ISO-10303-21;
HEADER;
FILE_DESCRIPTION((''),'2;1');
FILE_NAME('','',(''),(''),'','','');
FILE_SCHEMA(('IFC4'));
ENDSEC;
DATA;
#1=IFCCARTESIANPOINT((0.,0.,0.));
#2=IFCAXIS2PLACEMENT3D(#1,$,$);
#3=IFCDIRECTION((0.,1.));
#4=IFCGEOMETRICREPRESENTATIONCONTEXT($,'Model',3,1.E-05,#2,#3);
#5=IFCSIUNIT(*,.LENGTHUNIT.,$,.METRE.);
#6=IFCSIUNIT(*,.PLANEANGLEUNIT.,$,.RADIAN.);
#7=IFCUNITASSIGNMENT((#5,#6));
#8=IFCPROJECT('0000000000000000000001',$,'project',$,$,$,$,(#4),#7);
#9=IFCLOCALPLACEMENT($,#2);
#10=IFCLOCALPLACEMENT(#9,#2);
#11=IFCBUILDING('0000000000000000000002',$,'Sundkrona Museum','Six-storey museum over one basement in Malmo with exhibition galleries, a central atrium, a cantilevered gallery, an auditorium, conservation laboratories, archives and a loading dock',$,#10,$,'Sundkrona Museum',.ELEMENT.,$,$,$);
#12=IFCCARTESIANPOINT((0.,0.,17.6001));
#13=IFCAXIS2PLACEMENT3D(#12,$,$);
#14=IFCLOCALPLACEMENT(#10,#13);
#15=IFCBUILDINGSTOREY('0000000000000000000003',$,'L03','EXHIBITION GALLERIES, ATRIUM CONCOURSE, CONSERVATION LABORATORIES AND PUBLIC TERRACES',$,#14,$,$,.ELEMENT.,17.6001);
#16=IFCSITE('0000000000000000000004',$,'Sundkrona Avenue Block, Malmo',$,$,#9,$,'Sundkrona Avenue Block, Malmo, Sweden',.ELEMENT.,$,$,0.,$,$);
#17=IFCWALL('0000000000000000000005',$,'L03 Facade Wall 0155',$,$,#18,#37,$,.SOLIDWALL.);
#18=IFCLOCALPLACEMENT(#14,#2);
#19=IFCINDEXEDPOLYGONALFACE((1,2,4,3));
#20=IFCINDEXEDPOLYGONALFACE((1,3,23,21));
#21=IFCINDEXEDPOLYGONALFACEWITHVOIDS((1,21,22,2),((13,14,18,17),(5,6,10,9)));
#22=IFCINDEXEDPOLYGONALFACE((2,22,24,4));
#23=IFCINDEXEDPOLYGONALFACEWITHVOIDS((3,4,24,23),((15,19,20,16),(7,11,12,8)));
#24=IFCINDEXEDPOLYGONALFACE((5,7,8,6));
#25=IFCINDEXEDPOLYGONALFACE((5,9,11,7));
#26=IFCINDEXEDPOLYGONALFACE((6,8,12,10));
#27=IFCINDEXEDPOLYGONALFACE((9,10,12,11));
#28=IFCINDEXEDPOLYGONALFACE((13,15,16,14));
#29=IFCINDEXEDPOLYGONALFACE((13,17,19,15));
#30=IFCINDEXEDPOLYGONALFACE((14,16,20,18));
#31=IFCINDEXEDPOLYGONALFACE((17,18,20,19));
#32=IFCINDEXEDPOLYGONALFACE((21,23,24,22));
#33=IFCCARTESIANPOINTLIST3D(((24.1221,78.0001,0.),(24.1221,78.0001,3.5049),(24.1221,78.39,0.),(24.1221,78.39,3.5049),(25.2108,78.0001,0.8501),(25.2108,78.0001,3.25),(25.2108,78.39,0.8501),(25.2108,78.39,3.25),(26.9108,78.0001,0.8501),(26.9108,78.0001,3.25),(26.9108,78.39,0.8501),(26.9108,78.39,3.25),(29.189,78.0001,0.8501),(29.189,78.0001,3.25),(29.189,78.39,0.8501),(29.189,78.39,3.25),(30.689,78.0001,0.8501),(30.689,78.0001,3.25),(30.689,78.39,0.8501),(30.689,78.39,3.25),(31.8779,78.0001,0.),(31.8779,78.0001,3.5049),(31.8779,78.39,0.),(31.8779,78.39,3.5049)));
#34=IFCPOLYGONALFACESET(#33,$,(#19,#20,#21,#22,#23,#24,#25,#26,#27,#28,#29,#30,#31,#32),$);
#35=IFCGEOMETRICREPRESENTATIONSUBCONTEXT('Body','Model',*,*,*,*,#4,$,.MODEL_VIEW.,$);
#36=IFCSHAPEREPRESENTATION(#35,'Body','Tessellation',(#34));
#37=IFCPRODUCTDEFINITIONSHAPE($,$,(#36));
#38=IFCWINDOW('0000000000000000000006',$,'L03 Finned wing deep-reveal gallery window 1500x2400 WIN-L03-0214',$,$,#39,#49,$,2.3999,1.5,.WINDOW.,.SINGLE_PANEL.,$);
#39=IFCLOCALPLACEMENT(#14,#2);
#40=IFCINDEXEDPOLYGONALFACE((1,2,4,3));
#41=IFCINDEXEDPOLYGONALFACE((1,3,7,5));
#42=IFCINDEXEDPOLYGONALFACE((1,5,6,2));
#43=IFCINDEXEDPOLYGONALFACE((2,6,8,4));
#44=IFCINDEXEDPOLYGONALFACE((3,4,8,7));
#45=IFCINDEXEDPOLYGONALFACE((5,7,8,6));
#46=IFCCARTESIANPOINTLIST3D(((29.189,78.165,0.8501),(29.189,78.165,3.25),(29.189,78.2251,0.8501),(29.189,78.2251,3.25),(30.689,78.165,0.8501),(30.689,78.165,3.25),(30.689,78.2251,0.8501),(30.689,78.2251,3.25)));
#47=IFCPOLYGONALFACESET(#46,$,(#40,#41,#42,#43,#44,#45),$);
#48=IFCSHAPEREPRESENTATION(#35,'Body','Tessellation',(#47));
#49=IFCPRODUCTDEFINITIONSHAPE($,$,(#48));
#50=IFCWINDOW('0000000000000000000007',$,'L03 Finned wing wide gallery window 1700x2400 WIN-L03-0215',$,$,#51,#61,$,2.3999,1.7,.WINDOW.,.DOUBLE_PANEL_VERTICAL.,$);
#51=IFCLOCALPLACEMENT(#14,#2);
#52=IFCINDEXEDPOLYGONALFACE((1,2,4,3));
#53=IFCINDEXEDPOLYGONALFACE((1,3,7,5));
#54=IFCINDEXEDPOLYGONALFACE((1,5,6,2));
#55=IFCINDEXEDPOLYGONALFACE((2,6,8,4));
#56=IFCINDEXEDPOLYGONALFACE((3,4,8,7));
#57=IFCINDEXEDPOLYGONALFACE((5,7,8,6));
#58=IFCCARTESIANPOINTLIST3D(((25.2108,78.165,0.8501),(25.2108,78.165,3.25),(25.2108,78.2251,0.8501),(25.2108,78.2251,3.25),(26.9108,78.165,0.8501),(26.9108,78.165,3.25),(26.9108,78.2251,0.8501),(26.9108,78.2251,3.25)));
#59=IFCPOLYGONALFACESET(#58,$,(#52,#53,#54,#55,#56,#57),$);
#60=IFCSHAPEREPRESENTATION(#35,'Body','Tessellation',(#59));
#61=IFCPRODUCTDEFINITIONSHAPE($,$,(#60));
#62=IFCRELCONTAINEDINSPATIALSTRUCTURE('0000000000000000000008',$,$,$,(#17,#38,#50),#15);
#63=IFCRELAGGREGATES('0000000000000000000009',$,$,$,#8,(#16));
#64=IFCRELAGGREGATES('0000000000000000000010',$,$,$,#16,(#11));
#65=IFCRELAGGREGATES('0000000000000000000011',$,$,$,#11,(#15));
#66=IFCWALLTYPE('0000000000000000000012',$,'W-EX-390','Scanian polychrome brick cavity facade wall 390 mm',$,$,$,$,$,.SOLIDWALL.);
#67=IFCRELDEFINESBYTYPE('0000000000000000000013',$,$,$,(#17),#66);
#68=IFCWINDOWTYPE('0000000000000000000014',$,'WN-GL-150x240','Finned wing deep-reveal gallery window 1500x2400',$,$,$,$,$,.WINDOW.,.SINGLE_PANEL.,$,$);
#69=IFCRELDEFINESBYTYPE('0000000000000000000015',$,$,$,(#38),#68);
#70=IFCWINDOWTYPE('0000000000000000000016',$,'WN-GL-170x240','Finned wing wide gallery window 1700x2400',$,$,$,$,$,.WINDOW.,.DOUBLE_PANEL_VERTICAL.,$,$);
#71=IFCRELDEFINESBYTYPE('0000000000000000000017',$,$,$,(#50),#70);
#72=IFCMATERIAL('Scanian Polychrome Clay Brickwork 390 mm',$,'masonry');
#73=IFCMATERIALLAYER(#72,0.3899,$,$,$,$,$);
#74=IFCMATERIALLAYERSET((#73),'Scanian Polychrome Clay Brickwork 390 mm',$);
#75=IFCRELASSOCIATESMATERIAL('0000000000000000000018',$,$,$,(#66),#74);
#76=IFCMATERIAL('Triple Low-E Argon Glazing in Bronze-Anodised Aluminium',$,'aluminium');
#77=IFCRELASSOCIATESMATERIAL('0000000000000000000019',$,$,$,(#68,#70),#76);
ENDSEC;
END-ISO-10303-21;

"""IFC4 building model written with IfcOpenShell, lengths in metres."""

from ifc_helpers import new_model, si_unit, direction, frame, frame_2d, origin, place, context, subcontext, project, spatial, rectangle, extrude, material, layer, layer_set, type_object, element, fill, save


model = new_model("IFC4")

# Units and contexts
model_context = context("Model", 3, precision=1e-05, world=origin(), true_north=direction((0.0, 1.0)))
body_context = subcontext(model_context, "Body", "Model", "MODEL_VIEW")
ifc_project = project(units=[si_unit("LENGTHUNIT", "METRE"), si_unit("PLANEANGLEUNIT", "RADIAN")], contexts=[model_context])

# Site, building, storey
site_placement = place(None, origin())
site = spatial("IfcSite", under=ifc_project, at=site_placement, Name="Sundkrona Avenue Block, Malmo", LongName="Sundkrona Avenue Block, Malmo, Sweden", CompositionType="ELEMENT", RefElevation=0.0)
building_placement = place(site_placement, origin())
building = spatial("IfcBuilding", under=site, at=building_placement, Name="Sundkrona Museum", Description="Six-storey museum over one basement in Malmo with exhibition galleries, a central atrium, a cantilevered gallery, an auditorium, conservation laboratories, archives and a loading dock", LongName="Sundkrona Museum", CompositionType="ELEMENT")
storey_placement = place(building_placement, frame((0.0, 0.0, 17.6001)))
storey = spatial("IfcBuildingStorey", under=building, at=storey_placement, Name="L03", Description="EXHIBITION GALLERIES, ATRIUM CONCOURSE, CONSERVATION LABORATORIES AND PUBLIC TERRACES", CompositionType="ELEMENT", Elevation=17.6001)

# Wall, openings, windows
ifc_material_1 = material(Name="Scanian Polychrome Clay Brickwork 390 mm", Category="masonry")
ifc_layer_1 = layer(ifc_material_1, 0.3899)
ifc_layer_set_1 = layer_set([ifc_layer_1], Name="Scanian Polychrome Clay Brickwork 390 mm")
wall_type = type_object("IfcWallType", Name="W-EX-390", Description="Scanian polychrome brick cavity facade wall 390 mm", PredefinedType="SOLIDWALL", material=ifc_layer_set_1)
wall_placement = place(storey_placement, frame((31.8779, 78.1951, 0.0), z_axis=(0.0, 0.0, 1.0), x_axis=(-1.0, 0.0, 0.0)))
wall = element("IfcWall", 1, at=wall_placement, inside=storey, type_object=wall_type, Name="L03 Facade Wall 0155", PredefinedType="SOLIDWALL", context=body_context, shape_type="SweptSolid", body=[
    extrude(rectangle(XDim=7.7559, YDim=0.3899, at=frame_2d((3.8779, 0.0))), origin(), (0.0, 0.0, 1.0), 3.5049),
])
opening_1_placement = place(wall_placement, frame((1.189, 0.0, 0.8501)))
opening_1 = element("IfcOpeningElement", 2, at=opening_1_placement, cuts=wall, PredefinedType="OPENING", context=body_context, shape_type="SweptSolid", body=[
    extrude(rectangle(XDim=1.5, YDim=2.3999, at=frame_2d((0.75, 1.2))), frame((0.0, 0.2048, 0.0), z_axis=(0.0, -1.0, 0.0), x_axis=(1.0, 0.0, 0.0)), (0.0, 0.0, 1.0), 0.4099),
])
opening_2_placement = place(wall_placement, frame((4.967, 0.0, 0.8501)))
opening_2 = element("IfcOpeningElement", 3, at=opening_2_placement, cuts=wall, PredefinedType="OPENING", context=body_context, shape_type="SweptSolid", body=[
    extrude(rectangle(XDim=1.7, YDim=2.3999, at=frame_2d((0.8501, 1.2))), frame((0.0, 0.2048, 0.0), z_axis=(0.0, -1.0, 0.0), x_axis=(1.0, 0.0, 0.0)), (0.0, 0.0, 1.0), 0.4099),
])
ifc_material_2 = material(Name="Triple Low-E Argon Glazing in Bronze-Anodised Aluminium", Category="aluminium")
window_type_1 = type_object("IfcWindowType", Name="WN-GL-150x240", Description="Finned wing deep-reveal gallery window 1500x2400", PartitioningType="SINGLE_PANEL", PredefinedType="WINDOW", material=ifc_material_2)
window_1_placement = place(opening_1_placement, origin())
window_1 = element("IfcWindow", 4, at=window_1_placement, inside=storey, type_object=window_type_1, Name="L03 Finned wing deep-reveal gallery window 1500x2400 WIN-L03-0214", OverallHeight=2.3999, OverallWidth=1.5, PartitioningType="SINGLE_PANEL", PredefinedType="WINDOW", context=body_context, shape_type="SweptSolid", body=[
    extrude(rectangle(XDim=1.5, YDim=2.3999, at=frame_2d((0.75, 1.2))), frame((0.0, 0.03, 0.0), z_axis=(0.0, -1.0, 0.0), x_axis=(1.0, 0.0, 0.0)), (0.0, 0.0, 1.0), 0.0601),
])
fill(opening_1, window_1)
window_type_2 = type_object("IfcWindowType", Name="WN-GL-170x240", Description="Finned wing wide gallery window 1700x2400", PartitioningType="DOUBLE_PANEL_VERTICAL", PredefinedType="WINDOW", material=ifc_material_2)
window_2_placement = place(opening_2_placement, origin())
window_2 = element("IfcWindow", 5, at=window_2_placement, inside=storey, type_object=window_type_2, Name="L03 Finned wing wide gallery window 1700x2400 WIN-L03-0215", OverallHeight=2.3999, OverallWidth=1.7, PartitioningType="DOUBLE_PANEL_VERTICAL", PredefinedType="WINDOW", context=body_context, shape_type="SweptSolid", body=[
    extrude(rectangle(XDim=1.7, YDim=2.3999, at=frame_2d((0.8501, 1.2))), frame((0.0, 0.03, 0.0), z_axis=(0.0, -1.0, 0.0), x_axis=(1.0, 0.0, 0.0)), (0.0, 0.0, 1.0), 0.0601),
])
fill(opening_2, window_2)

save(model, "model.ifc")
